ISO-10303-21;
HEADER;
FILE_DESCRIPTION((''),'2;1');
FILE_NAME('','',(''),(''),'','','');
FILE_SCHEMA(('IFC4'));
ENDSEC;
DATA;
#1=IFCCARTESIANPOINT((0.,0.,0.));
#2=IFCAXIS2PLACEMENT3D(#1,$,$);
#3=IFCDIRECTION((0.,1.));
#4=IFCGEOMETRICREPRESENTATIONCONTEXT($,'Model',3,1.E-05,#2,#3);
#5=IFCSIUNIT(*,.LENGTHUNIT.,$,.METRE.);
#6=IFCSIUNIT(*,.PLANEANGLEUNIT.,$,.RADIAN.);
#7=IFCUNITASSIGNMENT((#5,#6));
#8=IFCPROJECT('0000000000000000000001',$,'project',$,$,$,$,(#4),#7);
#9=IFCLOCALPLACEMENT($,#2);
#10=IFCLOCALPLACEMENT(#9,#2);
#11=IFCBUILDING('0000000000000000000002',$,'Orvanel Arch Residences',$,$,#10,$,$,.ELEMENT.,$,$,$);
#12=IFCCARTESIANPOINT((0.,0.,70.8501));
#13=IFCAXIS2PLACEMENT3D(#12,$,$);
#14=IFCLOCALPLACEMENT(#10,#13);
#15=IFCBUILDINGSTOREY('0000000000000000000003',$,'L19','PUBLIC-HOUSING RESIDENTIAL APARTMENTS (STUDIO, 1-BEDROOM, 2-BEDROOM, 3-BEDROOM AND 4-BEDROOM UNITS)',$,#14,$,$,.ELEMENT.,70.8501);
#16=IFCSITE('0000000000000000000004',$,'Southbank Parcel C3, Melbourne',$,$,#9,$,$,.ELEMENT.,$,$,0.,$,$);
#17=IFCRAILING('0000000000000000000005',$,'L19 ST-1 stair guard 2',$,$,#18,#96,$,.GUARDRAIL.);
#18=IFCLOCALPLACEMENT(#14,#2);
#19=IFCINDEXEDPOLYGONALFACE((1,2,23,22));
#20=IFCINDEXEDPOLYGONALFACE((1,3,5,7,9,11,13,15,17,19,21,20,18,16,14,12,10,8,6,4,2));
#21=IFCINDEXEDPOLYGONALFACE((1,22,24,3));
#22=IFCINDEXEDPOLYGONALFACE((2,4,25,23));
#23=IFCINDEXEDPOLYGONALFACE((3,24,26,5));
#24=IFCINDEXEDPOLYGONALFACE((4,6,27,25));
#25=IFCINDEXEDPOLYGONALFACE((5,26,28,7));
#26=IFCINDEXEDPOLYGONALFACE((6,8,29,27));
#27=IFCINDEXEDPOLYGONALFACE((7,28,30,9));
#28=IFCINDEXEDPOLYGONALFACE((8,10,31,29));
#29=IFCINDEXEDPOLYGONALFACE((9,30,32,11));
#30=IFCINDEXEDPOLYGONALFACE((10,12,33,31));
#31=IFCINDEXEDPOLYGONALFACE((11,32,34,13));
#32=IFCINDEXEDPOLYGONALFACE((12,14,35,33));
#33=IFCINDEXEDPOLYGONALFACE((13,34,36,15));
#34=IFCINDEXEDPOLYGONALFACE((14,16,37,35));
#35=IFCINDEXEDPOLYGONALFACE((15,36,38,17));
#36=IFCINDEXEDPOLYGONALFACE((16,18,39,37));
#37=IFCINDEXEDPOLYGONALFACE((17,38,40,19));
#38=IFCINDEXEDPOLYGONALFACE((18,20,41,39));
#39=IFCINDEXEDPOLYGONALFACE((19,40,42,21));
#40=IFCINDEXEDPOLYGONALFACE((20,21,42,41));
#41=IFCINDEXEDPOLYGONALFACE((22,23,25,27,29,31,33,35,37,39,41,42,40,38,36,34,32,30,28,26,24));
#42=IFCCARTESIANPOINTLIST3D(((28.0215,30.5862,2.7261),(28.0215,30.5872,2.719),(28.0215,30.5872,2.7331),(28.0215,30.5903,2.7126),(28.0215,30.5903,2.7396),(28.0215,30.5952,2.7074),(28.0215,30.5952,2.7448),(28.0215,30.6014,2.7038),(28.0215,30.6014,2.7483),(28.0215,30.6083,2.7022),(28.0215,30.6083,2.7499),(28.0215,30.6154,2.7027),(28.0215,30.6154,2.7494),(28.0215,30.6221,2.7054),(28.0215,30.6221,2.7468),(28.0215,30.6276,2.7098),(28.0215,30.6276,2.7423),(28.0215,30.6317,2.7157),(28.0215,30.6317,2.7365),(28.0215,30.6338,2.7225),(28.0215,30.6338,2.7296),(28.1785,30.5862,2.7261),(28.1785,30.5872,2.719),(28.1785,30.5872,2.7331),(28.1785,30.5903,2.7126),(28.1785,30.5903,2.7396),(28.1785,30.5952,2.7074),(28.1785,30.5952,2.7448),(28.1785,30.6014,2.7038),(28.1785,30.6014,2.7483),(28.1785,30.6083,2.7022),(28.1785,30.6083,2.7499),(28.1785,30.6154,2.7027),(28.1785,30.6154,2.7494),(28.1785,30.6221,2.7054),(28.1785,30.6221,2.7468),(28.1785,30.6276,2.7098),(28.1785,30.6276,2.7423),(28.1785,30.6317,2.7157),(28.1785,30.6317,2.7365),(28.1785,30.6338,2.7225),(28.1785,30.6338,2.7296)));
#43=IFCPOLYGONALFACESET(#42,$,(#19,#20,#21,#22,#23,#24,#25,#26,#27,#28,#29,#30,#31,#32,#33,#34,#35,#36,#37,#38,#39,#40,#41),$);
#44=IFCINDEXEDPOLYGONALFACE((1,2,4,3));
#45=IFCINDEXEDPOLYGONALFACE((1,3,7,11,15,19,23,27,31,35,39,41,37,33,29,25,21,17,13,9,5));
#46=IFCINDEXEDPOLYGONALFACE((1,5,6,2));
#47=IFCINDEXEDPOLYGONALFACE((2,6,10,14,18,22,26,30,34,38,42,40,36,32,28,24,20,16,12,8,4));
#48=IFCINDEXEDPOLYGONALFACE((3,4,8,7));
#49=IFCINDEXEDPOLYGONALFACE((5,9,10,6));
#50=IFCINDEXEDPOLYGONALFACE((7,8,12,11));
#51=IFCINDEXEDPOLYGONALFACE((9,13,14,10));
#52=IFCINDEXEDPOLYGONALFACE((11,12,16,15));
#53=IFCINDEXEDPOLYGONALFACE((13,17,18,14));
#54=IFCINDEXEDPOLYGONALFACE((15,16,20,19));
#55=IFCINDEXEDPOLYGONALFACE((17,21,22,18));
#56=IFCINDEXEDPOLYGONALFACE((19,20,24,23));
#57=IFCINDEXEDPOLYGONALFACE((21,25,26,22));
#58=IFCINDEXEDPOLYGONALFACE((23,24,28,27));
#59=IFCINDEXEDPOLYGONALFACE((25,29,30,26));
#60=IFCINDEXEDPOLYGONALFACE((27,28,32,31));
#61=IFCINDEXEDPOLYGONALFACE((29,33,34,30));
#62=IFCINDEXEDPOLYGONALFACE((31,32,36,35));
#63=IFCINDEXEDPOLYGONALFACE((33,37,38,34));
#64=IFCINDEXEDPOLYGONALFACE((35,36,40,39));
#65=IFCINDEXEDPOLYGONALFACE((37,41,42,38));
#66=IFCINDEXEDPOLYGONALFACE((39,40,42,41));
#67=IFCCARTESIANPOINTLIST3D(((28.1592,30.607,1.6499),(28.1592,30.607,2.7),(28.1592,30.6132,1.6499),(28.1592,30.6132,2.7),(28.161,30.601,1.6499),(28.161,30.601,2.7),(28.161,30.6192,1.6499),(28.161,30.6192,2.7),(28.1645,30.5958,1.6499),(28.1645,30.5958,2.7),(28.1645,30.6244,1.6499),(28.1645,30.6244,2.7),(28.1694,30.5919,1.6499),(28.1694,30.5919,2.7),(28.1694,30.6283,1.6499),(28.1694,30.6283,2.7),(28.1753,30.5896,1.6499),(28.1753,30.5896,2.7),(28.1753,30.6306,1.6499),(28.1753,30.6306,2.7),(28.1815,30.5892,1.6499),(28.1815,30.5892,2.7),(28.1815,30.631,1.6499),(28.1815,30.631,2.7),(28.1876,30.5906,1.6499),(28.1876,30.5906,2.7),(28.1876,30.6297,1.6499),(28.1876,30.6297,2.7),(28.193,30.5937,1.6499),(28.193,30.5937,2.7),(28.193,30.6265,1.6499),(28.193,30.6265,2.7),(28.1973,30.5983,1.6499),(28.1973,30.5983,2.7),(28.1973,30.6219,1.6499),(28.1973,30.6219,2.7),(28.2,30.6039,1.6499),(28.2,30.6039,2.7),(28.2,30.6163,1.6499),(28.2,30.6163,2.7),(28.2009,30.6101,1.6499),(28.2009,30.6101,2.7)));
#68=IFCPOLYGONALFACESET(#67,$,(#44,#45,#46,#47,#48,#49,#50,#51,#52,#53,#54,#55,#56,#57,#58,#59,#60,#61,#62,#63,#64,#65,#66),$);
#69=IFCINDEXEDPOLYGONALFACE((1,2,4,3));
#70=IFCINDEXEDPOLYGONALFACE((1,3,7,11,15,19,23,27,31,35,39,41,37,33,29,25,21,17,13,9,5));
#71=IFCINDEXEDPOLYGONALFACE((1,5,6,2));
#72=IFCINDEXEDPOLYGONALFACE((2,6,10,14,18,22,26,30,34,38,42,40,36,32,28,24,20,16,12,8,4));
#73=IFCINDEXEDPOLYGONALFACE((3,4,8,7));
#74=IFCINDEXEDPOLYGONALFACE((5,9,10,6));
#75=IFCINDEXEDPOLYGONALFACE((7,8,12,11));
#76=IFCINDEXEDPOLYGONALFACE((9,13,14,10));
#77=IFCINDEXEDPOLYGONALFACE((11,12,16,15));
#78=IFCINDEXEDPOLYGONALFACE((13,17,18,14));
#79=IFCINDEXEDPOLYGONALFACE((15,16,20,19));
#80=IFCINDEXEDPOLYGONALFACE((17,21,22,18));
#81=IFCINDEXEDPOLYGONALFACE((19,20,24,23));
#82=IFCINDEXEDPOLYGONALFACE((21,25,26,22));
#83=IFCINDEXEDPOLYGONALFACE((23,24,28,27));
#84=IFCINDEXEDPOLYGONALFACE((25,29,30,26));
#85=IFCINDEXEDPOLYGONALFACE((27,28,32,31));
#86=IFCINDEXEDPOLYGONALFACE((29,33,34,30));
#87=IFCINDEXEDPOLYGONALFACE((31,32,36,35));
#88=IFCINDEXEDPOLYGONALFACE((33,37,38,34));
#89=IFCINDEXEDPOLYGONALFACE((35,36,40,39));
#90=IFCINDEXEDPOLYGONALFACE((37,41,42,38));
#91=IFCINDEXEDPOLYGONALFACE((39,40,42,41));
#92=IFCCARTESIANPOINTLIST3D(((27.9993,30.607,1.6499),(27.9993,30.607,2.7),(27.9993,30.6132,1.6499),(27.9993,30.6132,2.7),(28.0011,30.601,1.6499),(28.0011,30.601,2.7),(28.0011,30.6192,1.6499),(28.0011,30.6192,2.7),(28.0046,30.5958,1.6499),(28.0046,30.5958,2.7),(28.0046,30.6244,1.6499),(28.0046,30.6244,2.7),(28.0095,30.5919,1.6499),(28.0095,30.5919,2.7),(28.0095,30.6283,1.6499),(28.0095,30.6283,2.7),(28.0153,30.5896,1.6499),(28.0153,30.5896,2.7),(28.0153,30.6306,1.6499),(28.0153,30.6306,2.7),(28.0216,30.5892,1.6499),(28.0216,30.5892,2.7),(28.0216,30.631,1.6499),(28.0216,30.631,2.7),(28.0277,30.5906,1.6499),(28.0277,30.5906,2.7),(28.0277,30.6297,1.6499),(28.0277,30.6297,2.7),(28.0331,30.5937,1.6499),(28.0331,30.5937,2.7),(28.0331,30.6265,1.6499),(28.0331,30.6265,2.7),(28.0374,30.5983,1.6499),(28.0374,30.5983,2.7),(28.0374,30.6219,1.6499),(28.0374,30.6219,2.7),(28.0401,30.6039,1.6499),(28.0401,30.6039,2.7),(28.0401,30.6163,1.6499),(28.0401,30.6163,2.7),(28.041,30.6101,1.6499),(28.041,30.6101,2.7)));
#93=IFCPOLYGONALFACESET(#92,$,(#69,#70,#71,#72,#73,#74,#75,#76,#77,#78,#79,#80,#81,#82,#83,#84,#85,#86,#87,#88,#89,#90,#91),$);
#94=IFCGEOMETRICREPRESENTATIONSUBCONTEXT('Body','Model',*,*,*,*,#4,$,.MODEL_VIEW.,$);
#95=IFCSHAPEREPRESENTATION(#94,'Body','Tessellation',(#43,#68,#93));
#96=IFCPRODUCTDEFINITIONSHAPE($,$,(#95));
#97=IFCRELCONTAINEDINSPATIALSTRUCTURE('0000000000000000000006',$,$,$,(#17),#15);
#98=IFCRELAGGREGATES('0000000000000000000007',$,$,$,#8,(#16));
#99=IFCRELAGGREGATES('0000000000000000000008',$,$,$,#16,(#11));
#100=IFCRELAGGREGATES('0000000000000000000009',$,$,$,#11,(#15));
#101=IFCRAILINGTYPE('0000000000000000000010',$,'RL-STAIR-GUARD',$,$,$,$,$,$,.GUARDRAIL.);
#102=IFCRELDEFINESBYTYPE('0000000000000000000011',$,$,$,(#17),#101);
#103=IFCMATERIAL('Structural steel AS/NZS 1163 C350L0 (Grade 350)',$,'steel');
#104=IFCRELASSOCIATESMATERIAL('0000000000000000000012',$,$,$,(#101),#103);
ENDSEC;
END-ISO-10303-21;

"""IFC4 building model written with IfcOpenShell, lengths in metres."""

from ifc_helpers import new_model, si_unit, direction, frame, origin, origin_2d, place, context, subcontext, project, spatial, circle, extrude, material, type_object, element, save


model = new_model("IFC4")

# Units and contexts
model_context = context("Model", 3, precision=1e-05, world=origin(), true_north=direction((0.0, 1.0)))
body_context = subcontext(model_context, "Body", "Model", "MODEL_VIEW")
ifc_project = project(units=[si_unit("LENGTHUNIT", "METRE"), si_unit("PLANEANGLEUNIT", "RADIAN")], contexts=[model_context])

# Site, building, storey
site_placement = place(None, origin())
site = spatial("IfcSite", under=ifc_project, at=site_placement, Name="Southbank Parcel C3, Melbourne", CompositionType="ELEMENT", RefElevation=0.0)
building_placement = place(site_placement, origin())
building = spatial("IfcBuilding", under=site, at=building_placement, Name="Orvanel Arch Residences", CompositionType="ELEMENT")
storey_placement = place(building_placement, frame((0.0, 0.0, 70.8501)))
storey = spatial("IfcBuildingStorey", under=building, at=storey_placement, Name="L19", Description="PUBLIC-HOUSING RESIDENTIAL APARTMENTS (STUDIO, 1-BEDROOM, 2-BEDROOM, 3-BEDROOM AND 4-BEDROOM UNITS)", CompositionType="ELEMENT", Elevation=70.8501)

# Railing
ifc_material_1 = material(Name="Structural steel AS/NZS 1163 C350L0 (Grade 350)", Category="steel")
railing_type_1 = type_object("IfcRailingType", Name="RL-STAIR-GUARD", PredefinedType="GUARDRAIL", material=ifc_material_1)
railing_1_placement = place(storey_placement, frame((28.1799, 30.6101, 1.6499)))
element("IfcRailing", 1, at=railing_1_placement, inside=storey, type_object=railing_type_1, Name="L19 ST-1 stair guard 2", PredefinedType="GUARDRAIL", context=body_context, shape_type="SweptSolid", body=[
    extrude(circle(Radius=0.0239, at=origin_2d()), frame((-0.0015, 0.0, 1.0762), z_axis=(-1.0, 0.0, 0.0), x_axis=(0.0, -1.0, 0.0)), (0.0, 0.0, 1.0), 0.157),
    extrude(circle(Radius=0.021, at=origin_2d()), origin(), (0.0, 0.0, 1.0), 1.05),
    extrude(circle(Radius=0.021, at=origin_2d()), frame((-0.1599, 0.0, 0.0)), (0.0, 0.0, 1.0), 1.05),
])

save(model, "model.ifc")
